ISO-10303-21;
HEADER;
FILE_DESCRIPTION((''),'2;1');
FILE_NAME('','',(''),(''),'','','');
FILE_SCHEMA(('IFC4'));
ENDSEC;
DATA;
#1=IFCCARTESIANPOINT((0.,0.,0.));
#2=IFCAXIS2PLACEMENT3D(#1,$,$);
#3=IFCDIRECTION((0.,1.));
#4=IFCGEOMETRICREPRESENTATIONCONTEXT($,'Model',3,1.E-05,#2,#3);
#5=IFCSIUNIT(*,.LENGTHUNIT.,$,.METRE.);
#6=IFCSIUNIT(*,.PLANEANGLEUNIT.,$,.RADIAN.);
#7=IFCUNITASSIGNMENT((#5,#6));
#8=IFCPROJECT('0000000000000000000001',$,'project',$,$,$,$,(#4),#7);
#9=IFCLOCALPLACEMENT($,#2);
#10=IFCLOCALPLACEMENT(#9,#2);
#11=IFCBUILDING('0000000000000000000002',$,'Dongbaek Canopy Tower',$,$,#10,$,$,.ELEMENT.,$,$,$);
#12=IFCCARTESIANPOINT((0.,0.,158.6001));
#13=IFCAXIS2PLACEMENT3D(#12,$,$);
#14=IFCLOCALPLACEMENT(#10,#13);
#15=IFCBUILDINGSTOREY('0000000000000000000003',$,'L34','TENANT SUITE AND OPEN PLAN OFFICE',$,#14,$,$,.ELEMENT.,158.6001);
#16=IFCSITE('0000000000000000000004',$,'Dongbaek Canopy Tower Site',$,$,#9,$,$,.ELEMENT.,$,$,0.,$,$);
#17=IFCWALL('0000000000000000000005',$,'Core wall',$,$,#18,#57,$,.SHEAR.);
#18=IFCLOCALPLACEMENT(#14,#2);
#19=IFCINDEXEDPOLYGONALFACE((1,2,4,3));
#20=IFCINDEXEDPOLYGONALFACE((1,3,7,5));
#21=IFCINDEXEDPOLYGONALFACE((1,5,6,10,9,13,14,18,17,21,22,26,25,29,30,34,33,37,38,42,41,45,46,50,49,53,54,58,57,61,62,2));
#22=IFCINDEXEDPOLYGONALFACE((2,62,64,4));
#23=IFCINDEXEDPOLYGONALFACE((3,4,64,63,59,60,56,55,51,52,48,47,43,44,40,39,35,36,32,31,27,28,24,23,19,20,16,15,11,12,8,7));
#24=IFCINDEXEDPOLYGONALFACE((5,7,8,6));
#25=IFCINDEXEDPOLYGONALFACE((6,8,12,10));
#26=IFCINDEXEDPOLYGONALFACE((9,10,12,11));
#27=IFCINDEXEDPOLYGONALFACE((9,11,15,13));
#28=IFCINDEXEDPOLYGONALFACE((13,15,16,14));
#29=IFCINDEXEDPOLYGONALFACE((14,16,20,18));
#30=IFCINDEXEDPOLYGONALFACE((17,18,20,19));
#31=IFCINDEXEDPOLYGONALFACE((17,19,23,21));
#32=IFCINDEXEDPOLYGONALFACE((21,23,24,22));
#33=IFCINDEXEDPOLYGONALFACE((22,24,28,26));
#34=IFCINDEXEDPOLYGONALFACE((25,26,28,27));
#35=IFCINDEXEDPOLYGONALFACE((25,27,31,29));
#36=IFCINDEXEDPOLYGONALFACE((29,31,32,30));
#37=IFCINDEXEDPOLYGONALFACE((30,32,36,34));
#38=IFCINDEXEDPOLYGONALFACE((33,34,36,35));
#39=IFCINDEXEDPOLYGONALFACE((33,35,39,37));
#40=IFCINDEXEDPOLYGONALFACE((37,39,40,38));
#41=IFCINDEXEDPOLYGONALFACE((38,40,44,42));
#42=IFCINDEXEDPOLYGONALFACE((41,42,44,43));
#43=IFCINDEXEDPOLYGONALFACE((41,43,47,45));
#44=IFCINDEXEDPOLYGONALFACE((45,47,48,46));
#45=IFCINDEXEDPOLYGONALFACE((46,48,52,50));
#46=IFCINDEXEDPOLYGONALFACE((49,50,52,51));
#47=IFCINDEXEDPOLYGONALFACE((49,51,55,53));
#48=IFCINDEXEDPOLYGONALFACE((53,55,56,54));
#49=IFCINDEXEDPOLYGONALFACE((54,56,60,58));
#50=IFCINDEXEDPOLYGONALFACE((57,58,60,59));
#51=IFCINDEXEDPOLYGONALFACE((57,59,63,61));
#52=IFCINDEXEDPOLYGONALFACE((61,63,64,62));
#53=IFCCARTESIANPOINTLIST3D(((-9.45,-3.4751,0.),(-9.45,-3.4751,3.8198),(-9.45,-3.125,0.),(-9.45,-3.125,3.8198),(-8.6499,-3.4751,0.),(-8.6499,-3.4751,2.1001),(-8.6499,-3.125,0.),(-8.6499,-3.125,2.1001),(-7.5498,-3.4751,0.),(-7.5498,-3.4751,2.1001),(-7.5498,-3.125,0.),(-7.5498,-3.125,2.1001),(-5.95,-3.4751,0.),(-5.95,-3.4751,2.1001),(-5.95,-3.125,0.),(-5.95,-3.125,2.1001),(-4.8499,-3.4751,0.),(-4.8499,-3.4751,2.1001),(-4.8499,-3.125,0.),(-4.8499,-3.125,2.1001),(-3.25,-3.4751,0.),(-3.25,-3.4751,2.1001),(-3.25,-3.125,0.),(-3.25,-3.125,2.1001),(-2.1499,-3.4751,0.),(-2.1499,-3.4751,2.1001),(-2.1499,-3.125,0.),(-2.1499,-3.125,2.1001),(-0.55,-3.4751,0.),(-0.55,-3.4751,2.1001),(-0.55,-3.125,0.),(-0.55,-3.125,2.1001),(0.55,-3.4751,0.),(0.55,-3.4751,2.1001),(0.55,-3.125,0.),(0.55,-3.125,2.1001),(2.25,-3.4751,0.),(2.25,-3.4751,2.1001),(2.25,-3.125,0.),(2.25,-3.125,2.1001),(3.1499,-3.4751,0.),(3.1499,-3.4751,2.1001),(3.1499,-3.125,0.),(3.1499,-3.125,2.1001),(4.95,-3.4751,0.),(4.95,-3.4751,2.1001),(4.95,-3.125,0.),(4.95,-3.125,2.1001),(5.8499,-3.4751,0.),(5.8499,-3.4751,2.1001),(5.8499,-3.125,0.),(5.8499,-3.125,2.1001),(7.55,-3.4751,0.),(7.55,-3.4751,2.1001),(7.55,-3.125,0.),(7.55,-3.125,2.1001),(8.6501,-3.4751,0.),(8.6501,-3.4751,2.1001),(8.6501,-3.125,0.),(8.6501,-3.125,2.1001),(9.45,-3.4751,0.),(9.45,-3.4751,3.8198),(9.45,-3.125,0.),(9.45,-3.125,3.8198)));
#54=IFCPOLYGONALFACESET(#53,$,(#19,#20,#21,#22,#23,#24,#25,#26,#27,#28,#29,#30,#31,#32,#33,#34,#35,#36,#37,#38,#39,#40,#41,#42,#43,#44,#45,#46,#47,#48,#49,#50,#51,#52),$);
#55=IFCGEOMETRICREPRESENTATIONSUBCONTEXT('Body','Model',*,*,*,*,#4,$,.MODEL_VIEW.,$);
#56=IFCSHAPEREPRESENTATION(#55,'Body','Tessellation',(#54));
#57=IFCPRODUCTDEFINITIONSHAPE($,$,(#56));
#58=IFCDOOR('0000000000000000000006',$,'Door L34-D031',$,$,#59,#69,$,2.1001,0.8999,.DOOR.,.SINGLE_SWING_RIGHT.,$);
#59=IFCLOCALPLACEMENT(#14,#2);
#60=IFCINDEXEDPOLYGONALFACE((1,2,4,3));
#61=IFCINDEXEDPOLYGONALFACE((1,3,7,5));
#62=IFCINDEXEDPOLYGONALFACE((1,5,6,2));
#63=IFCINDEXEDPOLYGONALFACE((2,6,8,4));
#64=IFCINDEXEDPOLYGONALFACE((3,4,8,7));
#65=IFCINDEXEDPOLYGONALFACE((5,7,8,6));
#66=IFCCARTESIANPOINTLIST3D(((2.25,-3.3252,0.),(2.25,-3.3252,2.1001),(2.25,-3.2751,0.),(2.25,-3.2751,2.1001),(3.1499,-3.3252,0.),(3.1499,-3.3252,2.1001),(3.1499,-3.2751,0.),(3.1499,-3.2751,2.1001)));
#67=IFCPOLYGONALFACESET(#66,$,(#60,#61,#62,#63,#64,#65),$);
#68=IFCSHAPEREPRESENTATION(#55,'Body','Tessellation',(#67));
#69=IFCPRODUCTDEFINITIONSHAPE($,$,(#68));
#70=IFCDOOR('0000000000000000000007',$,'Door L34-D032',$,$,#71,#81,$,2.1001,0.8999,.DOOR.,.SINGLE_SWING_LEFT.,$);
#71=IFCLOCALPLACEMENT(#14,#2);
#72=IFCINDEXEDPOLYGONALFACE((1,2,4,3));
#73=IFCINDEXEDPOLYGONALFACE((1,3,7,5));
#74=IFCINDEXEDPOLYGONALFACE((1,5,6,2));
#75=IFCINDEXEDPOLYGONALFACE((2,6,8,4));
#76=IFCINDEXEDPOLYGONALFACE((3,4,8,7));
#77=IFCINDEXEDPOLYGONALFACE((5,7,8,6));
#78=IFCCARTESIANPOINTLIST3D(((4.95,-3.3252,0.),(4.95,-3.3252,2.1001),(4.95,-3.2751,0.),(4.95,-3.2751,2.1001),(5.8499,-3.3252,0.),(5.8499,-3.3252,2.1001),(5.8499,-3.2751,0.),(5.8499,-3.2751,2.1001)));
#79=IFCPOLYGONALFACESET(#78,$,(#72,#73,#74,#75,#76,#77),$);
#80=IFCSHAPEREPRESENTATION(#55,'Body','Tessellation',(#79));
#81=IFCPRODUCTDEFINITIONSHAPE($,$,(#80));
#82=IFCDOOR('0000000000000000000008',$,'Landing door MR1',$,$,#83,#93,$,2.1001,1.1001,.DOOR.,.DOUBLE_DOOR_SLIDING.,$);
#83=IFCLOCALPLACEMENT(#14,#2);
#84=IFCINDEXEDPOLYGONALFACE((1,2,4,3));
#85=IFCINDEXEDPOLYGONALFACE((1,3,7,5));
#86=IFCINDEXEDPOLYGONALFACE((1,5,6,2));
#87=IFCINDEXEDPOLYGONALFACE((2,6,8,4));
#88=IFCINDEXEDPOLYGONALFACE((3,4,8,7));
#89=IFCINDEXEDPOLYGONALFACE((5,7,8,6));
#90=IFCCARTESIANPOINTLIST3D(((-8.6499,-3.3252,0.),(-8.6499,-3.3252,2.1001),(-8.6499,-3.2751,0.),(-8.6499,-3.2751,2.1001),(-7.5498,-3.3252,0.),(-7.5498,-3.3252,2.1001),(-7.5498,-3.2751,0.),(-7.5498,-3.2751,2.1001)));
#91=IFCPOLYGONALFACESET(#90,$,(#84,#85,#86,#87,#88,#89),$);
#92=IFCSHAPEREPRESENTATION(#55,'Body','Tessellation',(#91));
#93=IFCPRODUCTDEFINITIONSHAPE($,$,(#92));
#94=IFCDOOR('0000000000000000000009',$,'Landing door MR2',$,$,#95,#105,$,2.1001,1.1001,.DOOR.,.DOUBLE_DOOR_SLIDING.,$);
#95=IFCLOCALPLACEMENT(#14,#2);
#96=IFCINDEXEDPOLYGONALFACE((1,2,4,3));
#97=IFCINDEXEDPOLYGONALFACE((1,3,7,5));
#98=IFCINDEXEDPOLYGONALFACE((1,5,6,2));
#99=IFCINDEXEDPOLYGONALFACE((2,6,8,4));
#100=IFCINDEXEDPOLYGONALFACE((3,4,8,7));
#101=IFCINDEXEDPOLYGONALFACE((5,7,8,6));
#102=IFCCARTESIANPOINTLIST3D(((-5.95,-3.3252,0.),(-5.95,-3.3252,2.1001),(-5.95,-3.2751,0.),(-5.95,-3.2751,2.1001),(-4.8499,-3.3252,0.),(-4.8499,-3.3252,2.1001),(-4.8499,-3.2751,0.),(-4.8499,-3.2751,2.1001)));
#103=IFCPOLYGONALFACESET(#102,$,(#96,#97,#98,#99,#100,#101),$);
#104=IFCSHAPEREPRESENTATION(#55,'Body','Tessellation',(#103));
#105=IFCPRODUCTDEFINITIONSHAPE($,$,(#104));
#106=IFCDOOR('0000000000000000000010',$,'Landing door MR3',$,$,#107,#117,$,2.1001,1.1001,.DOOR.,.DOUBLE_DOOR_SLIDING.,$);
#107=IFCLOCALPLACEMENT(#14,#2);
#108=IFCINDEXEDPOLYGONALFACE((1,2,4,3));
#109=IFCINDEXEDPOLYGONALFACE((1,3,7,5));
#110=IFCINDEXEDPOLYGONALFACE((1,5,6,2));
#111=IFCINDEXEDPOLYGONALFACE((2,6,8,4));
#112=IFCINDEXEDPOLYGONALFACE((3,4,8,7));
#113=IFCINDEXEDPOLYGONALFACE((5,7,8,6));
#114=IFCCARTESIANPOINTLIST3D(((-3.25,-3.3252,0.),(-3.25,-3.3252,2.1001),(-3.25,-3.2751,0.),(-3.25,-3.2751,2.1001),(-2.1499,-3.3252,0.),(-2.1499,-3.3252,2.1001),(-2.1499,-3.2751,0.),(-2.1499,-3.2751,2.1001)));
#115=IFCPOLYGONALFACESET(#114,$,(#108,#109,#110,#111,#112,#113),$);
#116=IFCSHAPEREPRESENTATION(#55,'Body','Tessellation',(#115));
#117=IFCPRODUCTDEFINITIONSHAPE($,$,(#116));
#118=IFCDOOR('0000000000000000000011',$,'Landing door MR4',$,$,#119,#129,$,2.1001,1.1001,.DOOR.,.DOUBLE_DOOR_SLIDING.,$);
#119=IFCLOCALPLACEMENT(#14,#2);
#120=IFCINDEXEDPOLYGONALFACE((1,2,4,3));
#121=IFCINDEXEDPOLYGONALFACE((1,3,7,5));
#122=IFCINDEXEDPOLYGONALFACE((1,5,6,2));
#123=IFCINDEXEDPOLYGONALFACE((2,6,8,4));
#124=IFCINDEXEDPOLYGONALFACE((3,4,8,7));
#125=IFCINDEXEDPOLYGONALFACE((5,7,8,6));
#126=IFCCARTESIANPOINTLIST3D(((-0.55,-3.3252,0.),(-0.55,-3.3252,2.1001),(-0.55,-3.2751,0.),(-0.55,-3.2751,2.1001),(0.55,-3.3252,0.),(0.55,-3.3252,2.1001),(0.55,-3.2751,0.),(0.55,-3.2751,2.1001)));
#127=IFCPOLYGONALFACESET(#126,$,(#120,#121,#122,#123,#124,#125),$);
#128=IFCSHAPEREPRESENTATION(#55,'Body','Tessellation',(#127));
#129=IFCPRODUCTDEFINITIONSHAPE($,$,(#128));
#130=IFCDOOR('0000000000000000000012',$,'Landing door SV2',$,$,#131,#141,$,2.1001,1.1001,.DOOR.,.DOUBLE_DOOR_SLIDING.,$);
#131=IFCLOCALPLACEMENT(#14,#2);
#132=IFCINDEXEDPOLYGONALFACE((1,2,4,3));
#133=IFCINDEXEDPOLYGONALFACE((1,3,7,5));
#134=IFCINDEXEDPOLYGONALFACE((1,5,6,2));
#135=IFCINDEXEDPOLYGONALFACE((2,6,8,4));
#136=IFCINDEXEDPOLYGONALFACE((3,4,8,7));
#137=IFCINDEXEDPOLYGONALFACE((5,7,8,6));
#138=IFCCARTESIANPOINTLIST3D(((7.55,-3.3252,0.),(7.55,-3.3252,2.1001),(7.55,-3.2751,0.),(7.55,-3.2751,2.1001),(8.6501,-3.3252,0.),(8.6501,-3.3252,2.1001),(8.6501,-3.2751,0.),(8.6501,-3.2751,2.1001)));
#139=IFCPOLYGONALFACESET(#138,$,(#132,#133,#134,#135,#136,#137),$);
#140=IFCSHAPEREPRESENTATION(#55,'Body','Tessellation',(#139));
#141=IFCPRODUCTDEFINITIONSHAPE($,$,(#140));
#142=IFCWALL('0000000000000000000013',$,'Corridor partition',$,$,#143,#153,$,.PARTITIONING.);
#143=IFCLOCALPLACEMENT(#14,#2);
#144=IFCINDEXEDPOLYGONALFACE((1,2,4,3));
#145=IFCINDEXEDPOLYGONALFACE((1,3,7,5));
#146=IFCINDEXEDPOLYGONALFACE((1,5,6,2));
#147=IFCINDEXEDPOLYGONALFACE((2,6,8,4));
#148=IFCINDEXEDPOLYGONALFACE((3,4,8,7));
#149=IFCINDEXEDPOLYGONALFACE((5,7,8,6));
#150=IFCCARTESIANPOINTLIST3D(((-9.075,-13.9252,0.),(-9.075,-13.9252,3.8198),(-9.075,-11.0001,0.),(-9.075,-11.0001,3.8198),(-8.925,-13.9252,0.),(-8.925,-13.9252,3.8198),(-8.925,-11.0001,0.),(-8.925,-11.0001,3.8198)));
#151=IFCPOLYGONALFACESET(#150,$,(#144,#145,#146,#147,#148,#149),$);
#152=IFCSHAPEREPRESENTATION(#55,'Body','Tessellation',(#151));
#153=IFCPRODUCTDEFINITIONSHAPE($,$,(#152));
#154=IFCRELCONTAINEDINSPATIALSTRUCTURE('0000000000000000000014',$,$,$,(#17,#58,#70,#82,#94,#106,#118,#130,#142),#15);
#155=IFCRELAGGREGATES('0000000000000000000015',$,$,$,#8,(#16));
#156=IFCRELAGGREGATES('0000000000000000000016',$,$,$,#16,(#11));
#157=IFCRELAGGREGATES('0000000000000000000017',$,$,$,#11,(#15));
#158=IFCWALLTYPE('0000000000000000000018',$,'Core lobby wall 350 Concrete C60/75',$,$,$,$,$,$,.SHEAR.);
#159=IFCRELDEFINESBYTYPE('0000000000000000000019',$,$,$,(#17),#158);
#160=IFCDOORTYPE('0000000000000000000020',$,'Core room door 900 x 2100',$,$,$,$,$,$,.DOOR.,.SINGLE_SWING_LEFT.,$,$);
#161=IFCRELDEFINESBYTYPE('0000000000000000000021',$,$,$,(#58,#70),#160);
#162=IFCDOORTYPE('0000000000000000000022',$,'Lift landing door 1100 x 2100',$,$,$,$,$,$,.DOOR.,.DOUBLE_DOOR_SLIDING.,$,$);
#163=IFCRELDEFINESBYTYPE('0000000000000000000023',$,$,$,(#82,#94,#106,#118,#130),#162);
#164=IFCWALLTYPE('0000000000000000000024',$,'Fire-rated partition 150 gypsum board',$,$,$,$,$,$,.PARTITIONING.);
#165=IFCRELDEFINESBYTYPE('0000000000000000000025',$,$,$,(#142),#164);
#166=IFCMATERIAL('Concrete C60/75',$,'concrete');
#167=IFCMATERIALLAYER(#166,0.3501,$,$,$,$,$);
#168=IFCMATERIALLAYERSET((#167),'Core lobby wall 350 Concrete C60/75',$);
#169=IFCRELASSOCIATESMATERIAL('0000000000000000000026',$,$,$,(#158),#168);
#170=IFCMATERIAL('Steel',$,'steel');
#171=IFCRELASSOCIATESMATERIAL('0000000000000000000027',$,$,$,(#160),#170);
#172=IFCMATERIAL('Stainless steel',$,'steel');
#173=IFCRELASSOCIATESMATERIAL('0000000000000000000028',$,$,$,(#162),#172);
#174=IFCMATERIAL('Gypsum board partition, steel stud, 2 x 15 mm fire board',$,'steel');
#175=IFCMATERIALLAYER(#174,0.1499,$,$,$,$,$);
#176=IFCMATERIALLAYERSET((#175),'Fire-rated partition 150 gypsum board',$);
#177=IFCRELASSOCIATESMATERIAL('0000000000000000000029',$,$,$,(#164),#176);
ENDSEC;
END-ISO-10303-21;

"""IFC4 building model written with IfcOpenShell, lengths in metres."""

from ifc_helpers import new_model, si_unit, direction, frame, frame_2d, origin, place, context, subcontext, project, spatial, rectangle, extrude, material, layer, layer_set, type_object, element, fill, save


model = new_model("IFC4")

# Units and contexts
model_context = context("Model", 3, precision=1e-05, world=origin(), true_north=direction((0.0, 1.0)))
body_context = subcontext(model_context, "Body", "Model", "MODEL_VIEW")
ifc_project = project(units=[si_unit("LENGTHUNIT", "METRE"), si_unit("PLANEANGLEUNIT", "RADIAN")], contexts=[model_context])

# Site, building, storey
site_placement = place(None, origin())
site = spatial("IfcSite", under=ifc_project, at=site_placement, Name="Dongbaek Canopy Tower Site", CompositionType="ELEMENT", RefElevation=0.0)
building_placement = place(site_placement, origin())
building = spatial("IfcBuilding", under=site, at=building_placement, Name="Dongbaek Canopy Tower", CompositionType="ELEMENT")
storey_placement = place(building_placement, frame((0.0, 0.0, 158.6001)))
storey = spatial("IfcBuildingStorey", under=building, at=storey_placement, Name="L34", Description="TENANT SUITE AND OPEN PLAN OFFICE", CompositionType="ELEMENT", Elevation=158.6001)

# Wall, openings, doors
ifc_material_1 = material(Name="Concrete C60/75", Category="concrete")
ifc_layer_1 = layer(ifc_material_1, 0.3501)
ifc_layer_set_1 = layer_set([ifc_layer_1], Name="Core lobby wall 350 Concrete C60/75")
wall_type_1 = type_object("IfcWallType", Name="Core lobby wall 350 Concrete C60/75", PredefinedType="SHEAR", material=ifc_layer_set_1)
wall_1_placement = place(storey_placement, frame((-9.45, -3.3, 0.0), z_axis=(0.0, 0.0, 1.0), x_axis=(1.0, 0.0, 0.0)))
wall_1 = element("IfcWall", 1, at=wall_1_placement, inside=storey, type_object=wall_type_1, Name="Core wall", PredefinedType="SHEAR", context=body_context, shape_type="SweptSolid", body=[
    extrude(rectangle(XDim=18.8999, YDim=0.3501, at=frame_2d((9.45, 0.0))), origin(), (0.0, 0.0, 1.0), 3.8198),
])
opening_1_placement = place(wall_1_placement, frame((0.8, 0.0, 0.0)))
opening_1 = element("IfcOpeningElement", 2, at=opening_1_placement, cuts=wall_1, PredefinedType="OPENING", context=body_context, shape_type="SweptSolid", body=[
    extrude(rectangle(XDim=1.1001, YDim=2.1001, at=frame_2d((0.55, 1.05))), frame((0.0, 0.1851, 0.0), z_axis=(0.0, -1.0, 0.0), x_axis=(1.0, 0.0, 0.0)), (0.0, 0.0, 1.0), 0.3701),
])
opening_2_placement = place(wall_1_placement, frame((3.5, 0.0, 0.0)))
opening_2 = element("IfcOpeningElement", 3, at=opening_2_placement, cuts=wall_1, PredefinedType="OPENING", context=body_context, shape_type="SweptSolid", body=[
    extrude(rectangle(XDim=1.1001, YDim=2.1001, at=frame_2d((0.55, 1.05))), frame((0.0, 0.1851, 0.0), z_axis=(0.0, -1.0, 0.0), x_axis=(1.0, 0.0, 0.0)), (0.0, 0.0, 1.0), 0.3701),
])
opening_3_placement = place(wall_1_placement, frame((6.2, 0.0, 0.0)))
opening_3 = element("IfcOpeningElement", 4, at=opening_3_placement, cuts=wall_1, PredefinedType="OPENING", context=body_context, shape_type="SweptSolid", body=[
    extrude(rectangle(XDim=1.1001, YDim=2.1001, at=frame_2d((0.55, 1.05))), frame((0.0, 0.1851, 0.0), z_axis=(0.0, -1.0, 0.0), x_axis=(1.0, 0.0, 0.0)), (0.0, 0.0, 1.0), 0.3701),
])
opening_4_placement = place(wall_1_placement, frame((8.8999, 0.0, 0.0)))
opening_4 = element("IfcOpeningElement", 5, at=opening_4_placement, cuts=wall_1, PredefinedType="OPENING", context=body_context, shape_type="SweptSolid", body=[
    extrude(rectangle(XDim=1.1001, YDim=2.1001, at=frame_2d((0.55, 1.05))), frame((0.0, 0.1851, 0.0), z_axis=(0.0, -1.0, 0.0), x_axis=(1.0, 0.0, 0.0)), (0.0, 0.0, 1.0), 0.3701),
])
opening_5_placement = place(wall_1_placement, frame((17.0, 0.0, 0.0)))
opening_5 = element("IfcOpeningElement", 6, at=opening_5_placement, cuts=wall_1, PredefinedType="OPENING", context=body_context, shape_type="SweptSolid", body=[
    extrude(rectangle(XDim=1.1001, YDim=2.1001, at=frame_2d((0.55, 1.05))), frame((0.0, 0.1851, 0.0), z_axis=(0.0, -1.0, 0.0), x_axis=(1.0, 0.0, 0.0)), (0.0, 0.0, 1.0), 0.3701),
])
opening_6_placement = place(wall_1_placement, frame((11.7, 0.0, 0.0)))
opening_6 = element("IfcOpeningElement", 7, at=opening_6_placement, cuts=wall_1, PredefinedType="OPENING", context=body_context, shape_type="SweptSolid", body=[
    extrude(rectangle(XDim=0.8999, YDim=2.1001, at=frame_2d((0.45, 1.05))), frame((0.0, 0.1851, 0.0), z_axis=(0.0, -1.0, 0.0), x_axis=(1.0, 0.0, 0.0)), (0.0, 0.0, 1.0), 0.3701),
])
opening_7_placement = place(wall_1_placement, frame((14.3999, 0.0, 0.0)))
opening_7 = element("IfcOpeningElement", 8, at=opening_7_placement, cuts=wall_1, PredefinedType="OPENING", context=body_context, shape_type="SweptSolid", body=[
    extrude(rectangle(XDim=0.8999, YDim=2.1001, at=frame_2d((0.45, 1.05))), frame((0.0, 0.1851, 0.0), z_axis=(0.0, -1.0, 0.0), x_axis=(1.0, 0.0, 0.0)), (0.0, 0.0, 1.0), 0.3701),
])
ifc_material_2 = material(Name="Steel", Category="steel")
door_type_1 = type_object("IfcDoorType", Name="Core room door 900 x 2100", OperationType="SINGLE_SWING_LEFT", PredefinedType="DOOR", material=ifc_material_2)
door_1_placement = place(opening_6_placement, origin())
door_1 = element("IfcDoor", 9, at=door_1_placement, inside=storey, type_object=door_type_1, Name="Door L34-D031", OperationType="SINGLE_SWING_RIGHT", OverallHeight=2.1001, OverallWidth=0.8999, PredefinedType="DOOR", context=body_context, shape_type="SweptSolid", body=[
    extrude(rectangle(XDim=0.8999, YDim=2.1001, at=frame_2d((0.45, 1.05))), frame((0.0, 0.0249, 0.0), z_axis=(0.0, -1.0, 0.0), x_axis=(1.0, 0.0, 0.0)), (0.0, 0.0, 1.0), 0.05),
])
fill(opening_6, door_1)
door_2_placement = place(opening_7_placement, origin())
door_2 = element("IfcDoor", 10, at=door_2_placement, inside=storey, type_object=door_type_1, Name="Door L34-D032", OperationType="SINGLE_SWING_LEFT", OverallHeight=2.1001, OverallWidth=0.8999, PredefinedType="DOOR", context=body_context, shape_type="SweptSolid", body=[
    extrude(rectangle(XDim=0.8999, YDim=2.1001, at=frame_2d((0.45, 1.05))), frame((0.0, 0.0249, 0.0), z_axis=(0.0, -1.0, 0.0), x_axis=(1.0, 0.0, 0.0)), (0.0, 0.0, 1.0), 0.05),
])
fill(opening_7, door_2)
ifc_material_3 = material(Name="Stainless steel", Category="steel")
door_type_2 = type_object("IfcDoorType", Name="Lift landing door 1100 x 2100", OperationType="DOUBLE_DOOR_SLIDING", PredefinedType="DOOR", material=ifc_material_3)
door_3_placement = place(opening_1_placement, origin())
door_3 = element("IfcDoor", 11, at=door_3_placement, inside=storey, type_object=door_type_2, Name="Landing door MR1", OperationType="DOUBLE_DOOR_SLIDING", OverallHeight=2.1001, OverallWidth=1.1001, PredefinedType="DOOR", context=body_context, shape_type="SweptSolid", body=[
    extrude(rectangle(XDim=1.1001, YDim=2.1001, at=frame_2d((0.55, 1.05))), frame((0.0, 0.0249, 0.0), z_axis=(0.0, -1.0, 0.0), x_axis=(1.0, 0.0, 0.0)), (0.0, 0.0, 1.0), 0.05),
])
fill(opening_1, door_3)
door_4_placement = place(opening_2_placement, origin())
door_4 = element("IfcDoor", 12, at=door_4_placement, inside=storey, type_object=door_type_2, Name="Landing door MR2", OperationType="DOUBLE_DOOR_SLIDING", OverallHeight=2.1001, OverallWidth=1.1001, PredefinedType="DOOR", context=body_context, shape_type="SweptSolid", body=[
    extrude(rectangle(XDim=1.1001, YDim=2.1001, at=frame_2d((0.55, 1.05))), frame((0.0, 0.0249, 0.0), z_axis=(0.0, -1.0, 0.0), x_axis=(1.0, 0.0, 0.0)), (0.0, 0.0, 1.0), 0.05),
])
fill(opening_2, door_4)
door_5_placement = place(opening_3_placement, origin())
door_5 = element("IfcDoor", 13, at=door_5_placement, inside=storey, type_object=door_type_2, Name="Landing door MR3", OperationType="DOUBLE_DOOR_SLIDING", OverallHeight=2.1001, OverallWidth=1.1001, PredefinedType="DOOR", context=body_context, shape_type="SweptSolid", body=[
    extrude(rectangle(XDim=1.1001, YDim=2.1001, at=frame_2d((0.55, 1.05))), frame((0.0, 0.0249, 0.0), z_axis=(0.0, -1.0, 0.0), x_axis=(1.0, 0.0, 0.0)), (0.0, 0.0, 1.0), 0.05),
])
fill(opening_3, door_5)
door_6_placement = place(opening_4_placement, origin())
door_6 = element("IfcDoor", 14, at=door_6_placement, inside=storey, type_object=door_type_2, Name="Landing door MR4", OperationType="DOUBLE_DOOR_SLIDING", OverallHeight=2.1001, OverallWidth=1.1001, PredefinedType="DOOR", context=body_context, shape_type="SweptSolid", body=[
    extrude(rectangle(XDim=1.1001, YDim=2.1001, at=frame_2d((0.55, 1.05))), frame((0.0, 0.0249, 0.0), z_axis=(0.0, -1.0, 0.0), x_axis=(1.0, 0.0, 0.0)), (0.0, 0.0, 1.0), 0.05),
])
fill(opening_4, door_6)
door_7_placement = place(opening_5_placement, origin())
door_7 = element("IfcDoor", 15, at=door_7_placement, inside=storey, type_object=door_type_2, Name="Landing door SV2", OperationType="DOUBLE_DOOR_SLIDING", OverallHeight=2.1001, OverallWidth=1.1001, PredefinedType="DOOR", context=body_context, shape_type="SweptSolid", body=[
    extrude(rectangle(XDim=1.1001, YDim=2.1001, at=frame_2d((0.55, 1.05))), frame((0.0, 0.0249, 0.0), z_axis=(0.0, -1.0, 0.0), x_axis=(1.0, 0.0, 0.0)), (0.0, 0.0, 1.0), 0.05),
])
fill(opening_5, door_7)

# Wall
ifc_material_4 = material(Name="Gypsum board partition, steel stud, 2 x 15 mm fire board", Category="steel")
ifc_layer_2 = layer(ifc_material_4, 0.1499)
ifc_layer_set_2 = layer_set([ifc_layer_2], Name="Fire-rated partition 150 gypsum board")
wall_type_2 = type_object("IfcWallType", Name="Fire-rated partition 150 gypsum board", PredefinedType="PARTITIONING", material=ifc_layer_set_2)
wall_2_placement = place(storey_placement, frame((-9.0, -13.925, 0.0), z_axis=(0.0, 0.0, 1.0), x_axis=(0.0, 1.0, 0.0)))
element("IfcWall", 16, at=wall_2_placement, inside=storey, type_object=wall_type_2, Name="Corridor partition", PredefinedType="PARTITIONING", context=body_context, shape_type="SweptSolid", body=[
    extrude(rectangle(XDim=2.925, YDim=0.1499, at=frame_2d((1.4624, 0.0))), origin(), (0.0, 0.0, 1.0), 3.8198),
])

save(model, "model.ifc")
